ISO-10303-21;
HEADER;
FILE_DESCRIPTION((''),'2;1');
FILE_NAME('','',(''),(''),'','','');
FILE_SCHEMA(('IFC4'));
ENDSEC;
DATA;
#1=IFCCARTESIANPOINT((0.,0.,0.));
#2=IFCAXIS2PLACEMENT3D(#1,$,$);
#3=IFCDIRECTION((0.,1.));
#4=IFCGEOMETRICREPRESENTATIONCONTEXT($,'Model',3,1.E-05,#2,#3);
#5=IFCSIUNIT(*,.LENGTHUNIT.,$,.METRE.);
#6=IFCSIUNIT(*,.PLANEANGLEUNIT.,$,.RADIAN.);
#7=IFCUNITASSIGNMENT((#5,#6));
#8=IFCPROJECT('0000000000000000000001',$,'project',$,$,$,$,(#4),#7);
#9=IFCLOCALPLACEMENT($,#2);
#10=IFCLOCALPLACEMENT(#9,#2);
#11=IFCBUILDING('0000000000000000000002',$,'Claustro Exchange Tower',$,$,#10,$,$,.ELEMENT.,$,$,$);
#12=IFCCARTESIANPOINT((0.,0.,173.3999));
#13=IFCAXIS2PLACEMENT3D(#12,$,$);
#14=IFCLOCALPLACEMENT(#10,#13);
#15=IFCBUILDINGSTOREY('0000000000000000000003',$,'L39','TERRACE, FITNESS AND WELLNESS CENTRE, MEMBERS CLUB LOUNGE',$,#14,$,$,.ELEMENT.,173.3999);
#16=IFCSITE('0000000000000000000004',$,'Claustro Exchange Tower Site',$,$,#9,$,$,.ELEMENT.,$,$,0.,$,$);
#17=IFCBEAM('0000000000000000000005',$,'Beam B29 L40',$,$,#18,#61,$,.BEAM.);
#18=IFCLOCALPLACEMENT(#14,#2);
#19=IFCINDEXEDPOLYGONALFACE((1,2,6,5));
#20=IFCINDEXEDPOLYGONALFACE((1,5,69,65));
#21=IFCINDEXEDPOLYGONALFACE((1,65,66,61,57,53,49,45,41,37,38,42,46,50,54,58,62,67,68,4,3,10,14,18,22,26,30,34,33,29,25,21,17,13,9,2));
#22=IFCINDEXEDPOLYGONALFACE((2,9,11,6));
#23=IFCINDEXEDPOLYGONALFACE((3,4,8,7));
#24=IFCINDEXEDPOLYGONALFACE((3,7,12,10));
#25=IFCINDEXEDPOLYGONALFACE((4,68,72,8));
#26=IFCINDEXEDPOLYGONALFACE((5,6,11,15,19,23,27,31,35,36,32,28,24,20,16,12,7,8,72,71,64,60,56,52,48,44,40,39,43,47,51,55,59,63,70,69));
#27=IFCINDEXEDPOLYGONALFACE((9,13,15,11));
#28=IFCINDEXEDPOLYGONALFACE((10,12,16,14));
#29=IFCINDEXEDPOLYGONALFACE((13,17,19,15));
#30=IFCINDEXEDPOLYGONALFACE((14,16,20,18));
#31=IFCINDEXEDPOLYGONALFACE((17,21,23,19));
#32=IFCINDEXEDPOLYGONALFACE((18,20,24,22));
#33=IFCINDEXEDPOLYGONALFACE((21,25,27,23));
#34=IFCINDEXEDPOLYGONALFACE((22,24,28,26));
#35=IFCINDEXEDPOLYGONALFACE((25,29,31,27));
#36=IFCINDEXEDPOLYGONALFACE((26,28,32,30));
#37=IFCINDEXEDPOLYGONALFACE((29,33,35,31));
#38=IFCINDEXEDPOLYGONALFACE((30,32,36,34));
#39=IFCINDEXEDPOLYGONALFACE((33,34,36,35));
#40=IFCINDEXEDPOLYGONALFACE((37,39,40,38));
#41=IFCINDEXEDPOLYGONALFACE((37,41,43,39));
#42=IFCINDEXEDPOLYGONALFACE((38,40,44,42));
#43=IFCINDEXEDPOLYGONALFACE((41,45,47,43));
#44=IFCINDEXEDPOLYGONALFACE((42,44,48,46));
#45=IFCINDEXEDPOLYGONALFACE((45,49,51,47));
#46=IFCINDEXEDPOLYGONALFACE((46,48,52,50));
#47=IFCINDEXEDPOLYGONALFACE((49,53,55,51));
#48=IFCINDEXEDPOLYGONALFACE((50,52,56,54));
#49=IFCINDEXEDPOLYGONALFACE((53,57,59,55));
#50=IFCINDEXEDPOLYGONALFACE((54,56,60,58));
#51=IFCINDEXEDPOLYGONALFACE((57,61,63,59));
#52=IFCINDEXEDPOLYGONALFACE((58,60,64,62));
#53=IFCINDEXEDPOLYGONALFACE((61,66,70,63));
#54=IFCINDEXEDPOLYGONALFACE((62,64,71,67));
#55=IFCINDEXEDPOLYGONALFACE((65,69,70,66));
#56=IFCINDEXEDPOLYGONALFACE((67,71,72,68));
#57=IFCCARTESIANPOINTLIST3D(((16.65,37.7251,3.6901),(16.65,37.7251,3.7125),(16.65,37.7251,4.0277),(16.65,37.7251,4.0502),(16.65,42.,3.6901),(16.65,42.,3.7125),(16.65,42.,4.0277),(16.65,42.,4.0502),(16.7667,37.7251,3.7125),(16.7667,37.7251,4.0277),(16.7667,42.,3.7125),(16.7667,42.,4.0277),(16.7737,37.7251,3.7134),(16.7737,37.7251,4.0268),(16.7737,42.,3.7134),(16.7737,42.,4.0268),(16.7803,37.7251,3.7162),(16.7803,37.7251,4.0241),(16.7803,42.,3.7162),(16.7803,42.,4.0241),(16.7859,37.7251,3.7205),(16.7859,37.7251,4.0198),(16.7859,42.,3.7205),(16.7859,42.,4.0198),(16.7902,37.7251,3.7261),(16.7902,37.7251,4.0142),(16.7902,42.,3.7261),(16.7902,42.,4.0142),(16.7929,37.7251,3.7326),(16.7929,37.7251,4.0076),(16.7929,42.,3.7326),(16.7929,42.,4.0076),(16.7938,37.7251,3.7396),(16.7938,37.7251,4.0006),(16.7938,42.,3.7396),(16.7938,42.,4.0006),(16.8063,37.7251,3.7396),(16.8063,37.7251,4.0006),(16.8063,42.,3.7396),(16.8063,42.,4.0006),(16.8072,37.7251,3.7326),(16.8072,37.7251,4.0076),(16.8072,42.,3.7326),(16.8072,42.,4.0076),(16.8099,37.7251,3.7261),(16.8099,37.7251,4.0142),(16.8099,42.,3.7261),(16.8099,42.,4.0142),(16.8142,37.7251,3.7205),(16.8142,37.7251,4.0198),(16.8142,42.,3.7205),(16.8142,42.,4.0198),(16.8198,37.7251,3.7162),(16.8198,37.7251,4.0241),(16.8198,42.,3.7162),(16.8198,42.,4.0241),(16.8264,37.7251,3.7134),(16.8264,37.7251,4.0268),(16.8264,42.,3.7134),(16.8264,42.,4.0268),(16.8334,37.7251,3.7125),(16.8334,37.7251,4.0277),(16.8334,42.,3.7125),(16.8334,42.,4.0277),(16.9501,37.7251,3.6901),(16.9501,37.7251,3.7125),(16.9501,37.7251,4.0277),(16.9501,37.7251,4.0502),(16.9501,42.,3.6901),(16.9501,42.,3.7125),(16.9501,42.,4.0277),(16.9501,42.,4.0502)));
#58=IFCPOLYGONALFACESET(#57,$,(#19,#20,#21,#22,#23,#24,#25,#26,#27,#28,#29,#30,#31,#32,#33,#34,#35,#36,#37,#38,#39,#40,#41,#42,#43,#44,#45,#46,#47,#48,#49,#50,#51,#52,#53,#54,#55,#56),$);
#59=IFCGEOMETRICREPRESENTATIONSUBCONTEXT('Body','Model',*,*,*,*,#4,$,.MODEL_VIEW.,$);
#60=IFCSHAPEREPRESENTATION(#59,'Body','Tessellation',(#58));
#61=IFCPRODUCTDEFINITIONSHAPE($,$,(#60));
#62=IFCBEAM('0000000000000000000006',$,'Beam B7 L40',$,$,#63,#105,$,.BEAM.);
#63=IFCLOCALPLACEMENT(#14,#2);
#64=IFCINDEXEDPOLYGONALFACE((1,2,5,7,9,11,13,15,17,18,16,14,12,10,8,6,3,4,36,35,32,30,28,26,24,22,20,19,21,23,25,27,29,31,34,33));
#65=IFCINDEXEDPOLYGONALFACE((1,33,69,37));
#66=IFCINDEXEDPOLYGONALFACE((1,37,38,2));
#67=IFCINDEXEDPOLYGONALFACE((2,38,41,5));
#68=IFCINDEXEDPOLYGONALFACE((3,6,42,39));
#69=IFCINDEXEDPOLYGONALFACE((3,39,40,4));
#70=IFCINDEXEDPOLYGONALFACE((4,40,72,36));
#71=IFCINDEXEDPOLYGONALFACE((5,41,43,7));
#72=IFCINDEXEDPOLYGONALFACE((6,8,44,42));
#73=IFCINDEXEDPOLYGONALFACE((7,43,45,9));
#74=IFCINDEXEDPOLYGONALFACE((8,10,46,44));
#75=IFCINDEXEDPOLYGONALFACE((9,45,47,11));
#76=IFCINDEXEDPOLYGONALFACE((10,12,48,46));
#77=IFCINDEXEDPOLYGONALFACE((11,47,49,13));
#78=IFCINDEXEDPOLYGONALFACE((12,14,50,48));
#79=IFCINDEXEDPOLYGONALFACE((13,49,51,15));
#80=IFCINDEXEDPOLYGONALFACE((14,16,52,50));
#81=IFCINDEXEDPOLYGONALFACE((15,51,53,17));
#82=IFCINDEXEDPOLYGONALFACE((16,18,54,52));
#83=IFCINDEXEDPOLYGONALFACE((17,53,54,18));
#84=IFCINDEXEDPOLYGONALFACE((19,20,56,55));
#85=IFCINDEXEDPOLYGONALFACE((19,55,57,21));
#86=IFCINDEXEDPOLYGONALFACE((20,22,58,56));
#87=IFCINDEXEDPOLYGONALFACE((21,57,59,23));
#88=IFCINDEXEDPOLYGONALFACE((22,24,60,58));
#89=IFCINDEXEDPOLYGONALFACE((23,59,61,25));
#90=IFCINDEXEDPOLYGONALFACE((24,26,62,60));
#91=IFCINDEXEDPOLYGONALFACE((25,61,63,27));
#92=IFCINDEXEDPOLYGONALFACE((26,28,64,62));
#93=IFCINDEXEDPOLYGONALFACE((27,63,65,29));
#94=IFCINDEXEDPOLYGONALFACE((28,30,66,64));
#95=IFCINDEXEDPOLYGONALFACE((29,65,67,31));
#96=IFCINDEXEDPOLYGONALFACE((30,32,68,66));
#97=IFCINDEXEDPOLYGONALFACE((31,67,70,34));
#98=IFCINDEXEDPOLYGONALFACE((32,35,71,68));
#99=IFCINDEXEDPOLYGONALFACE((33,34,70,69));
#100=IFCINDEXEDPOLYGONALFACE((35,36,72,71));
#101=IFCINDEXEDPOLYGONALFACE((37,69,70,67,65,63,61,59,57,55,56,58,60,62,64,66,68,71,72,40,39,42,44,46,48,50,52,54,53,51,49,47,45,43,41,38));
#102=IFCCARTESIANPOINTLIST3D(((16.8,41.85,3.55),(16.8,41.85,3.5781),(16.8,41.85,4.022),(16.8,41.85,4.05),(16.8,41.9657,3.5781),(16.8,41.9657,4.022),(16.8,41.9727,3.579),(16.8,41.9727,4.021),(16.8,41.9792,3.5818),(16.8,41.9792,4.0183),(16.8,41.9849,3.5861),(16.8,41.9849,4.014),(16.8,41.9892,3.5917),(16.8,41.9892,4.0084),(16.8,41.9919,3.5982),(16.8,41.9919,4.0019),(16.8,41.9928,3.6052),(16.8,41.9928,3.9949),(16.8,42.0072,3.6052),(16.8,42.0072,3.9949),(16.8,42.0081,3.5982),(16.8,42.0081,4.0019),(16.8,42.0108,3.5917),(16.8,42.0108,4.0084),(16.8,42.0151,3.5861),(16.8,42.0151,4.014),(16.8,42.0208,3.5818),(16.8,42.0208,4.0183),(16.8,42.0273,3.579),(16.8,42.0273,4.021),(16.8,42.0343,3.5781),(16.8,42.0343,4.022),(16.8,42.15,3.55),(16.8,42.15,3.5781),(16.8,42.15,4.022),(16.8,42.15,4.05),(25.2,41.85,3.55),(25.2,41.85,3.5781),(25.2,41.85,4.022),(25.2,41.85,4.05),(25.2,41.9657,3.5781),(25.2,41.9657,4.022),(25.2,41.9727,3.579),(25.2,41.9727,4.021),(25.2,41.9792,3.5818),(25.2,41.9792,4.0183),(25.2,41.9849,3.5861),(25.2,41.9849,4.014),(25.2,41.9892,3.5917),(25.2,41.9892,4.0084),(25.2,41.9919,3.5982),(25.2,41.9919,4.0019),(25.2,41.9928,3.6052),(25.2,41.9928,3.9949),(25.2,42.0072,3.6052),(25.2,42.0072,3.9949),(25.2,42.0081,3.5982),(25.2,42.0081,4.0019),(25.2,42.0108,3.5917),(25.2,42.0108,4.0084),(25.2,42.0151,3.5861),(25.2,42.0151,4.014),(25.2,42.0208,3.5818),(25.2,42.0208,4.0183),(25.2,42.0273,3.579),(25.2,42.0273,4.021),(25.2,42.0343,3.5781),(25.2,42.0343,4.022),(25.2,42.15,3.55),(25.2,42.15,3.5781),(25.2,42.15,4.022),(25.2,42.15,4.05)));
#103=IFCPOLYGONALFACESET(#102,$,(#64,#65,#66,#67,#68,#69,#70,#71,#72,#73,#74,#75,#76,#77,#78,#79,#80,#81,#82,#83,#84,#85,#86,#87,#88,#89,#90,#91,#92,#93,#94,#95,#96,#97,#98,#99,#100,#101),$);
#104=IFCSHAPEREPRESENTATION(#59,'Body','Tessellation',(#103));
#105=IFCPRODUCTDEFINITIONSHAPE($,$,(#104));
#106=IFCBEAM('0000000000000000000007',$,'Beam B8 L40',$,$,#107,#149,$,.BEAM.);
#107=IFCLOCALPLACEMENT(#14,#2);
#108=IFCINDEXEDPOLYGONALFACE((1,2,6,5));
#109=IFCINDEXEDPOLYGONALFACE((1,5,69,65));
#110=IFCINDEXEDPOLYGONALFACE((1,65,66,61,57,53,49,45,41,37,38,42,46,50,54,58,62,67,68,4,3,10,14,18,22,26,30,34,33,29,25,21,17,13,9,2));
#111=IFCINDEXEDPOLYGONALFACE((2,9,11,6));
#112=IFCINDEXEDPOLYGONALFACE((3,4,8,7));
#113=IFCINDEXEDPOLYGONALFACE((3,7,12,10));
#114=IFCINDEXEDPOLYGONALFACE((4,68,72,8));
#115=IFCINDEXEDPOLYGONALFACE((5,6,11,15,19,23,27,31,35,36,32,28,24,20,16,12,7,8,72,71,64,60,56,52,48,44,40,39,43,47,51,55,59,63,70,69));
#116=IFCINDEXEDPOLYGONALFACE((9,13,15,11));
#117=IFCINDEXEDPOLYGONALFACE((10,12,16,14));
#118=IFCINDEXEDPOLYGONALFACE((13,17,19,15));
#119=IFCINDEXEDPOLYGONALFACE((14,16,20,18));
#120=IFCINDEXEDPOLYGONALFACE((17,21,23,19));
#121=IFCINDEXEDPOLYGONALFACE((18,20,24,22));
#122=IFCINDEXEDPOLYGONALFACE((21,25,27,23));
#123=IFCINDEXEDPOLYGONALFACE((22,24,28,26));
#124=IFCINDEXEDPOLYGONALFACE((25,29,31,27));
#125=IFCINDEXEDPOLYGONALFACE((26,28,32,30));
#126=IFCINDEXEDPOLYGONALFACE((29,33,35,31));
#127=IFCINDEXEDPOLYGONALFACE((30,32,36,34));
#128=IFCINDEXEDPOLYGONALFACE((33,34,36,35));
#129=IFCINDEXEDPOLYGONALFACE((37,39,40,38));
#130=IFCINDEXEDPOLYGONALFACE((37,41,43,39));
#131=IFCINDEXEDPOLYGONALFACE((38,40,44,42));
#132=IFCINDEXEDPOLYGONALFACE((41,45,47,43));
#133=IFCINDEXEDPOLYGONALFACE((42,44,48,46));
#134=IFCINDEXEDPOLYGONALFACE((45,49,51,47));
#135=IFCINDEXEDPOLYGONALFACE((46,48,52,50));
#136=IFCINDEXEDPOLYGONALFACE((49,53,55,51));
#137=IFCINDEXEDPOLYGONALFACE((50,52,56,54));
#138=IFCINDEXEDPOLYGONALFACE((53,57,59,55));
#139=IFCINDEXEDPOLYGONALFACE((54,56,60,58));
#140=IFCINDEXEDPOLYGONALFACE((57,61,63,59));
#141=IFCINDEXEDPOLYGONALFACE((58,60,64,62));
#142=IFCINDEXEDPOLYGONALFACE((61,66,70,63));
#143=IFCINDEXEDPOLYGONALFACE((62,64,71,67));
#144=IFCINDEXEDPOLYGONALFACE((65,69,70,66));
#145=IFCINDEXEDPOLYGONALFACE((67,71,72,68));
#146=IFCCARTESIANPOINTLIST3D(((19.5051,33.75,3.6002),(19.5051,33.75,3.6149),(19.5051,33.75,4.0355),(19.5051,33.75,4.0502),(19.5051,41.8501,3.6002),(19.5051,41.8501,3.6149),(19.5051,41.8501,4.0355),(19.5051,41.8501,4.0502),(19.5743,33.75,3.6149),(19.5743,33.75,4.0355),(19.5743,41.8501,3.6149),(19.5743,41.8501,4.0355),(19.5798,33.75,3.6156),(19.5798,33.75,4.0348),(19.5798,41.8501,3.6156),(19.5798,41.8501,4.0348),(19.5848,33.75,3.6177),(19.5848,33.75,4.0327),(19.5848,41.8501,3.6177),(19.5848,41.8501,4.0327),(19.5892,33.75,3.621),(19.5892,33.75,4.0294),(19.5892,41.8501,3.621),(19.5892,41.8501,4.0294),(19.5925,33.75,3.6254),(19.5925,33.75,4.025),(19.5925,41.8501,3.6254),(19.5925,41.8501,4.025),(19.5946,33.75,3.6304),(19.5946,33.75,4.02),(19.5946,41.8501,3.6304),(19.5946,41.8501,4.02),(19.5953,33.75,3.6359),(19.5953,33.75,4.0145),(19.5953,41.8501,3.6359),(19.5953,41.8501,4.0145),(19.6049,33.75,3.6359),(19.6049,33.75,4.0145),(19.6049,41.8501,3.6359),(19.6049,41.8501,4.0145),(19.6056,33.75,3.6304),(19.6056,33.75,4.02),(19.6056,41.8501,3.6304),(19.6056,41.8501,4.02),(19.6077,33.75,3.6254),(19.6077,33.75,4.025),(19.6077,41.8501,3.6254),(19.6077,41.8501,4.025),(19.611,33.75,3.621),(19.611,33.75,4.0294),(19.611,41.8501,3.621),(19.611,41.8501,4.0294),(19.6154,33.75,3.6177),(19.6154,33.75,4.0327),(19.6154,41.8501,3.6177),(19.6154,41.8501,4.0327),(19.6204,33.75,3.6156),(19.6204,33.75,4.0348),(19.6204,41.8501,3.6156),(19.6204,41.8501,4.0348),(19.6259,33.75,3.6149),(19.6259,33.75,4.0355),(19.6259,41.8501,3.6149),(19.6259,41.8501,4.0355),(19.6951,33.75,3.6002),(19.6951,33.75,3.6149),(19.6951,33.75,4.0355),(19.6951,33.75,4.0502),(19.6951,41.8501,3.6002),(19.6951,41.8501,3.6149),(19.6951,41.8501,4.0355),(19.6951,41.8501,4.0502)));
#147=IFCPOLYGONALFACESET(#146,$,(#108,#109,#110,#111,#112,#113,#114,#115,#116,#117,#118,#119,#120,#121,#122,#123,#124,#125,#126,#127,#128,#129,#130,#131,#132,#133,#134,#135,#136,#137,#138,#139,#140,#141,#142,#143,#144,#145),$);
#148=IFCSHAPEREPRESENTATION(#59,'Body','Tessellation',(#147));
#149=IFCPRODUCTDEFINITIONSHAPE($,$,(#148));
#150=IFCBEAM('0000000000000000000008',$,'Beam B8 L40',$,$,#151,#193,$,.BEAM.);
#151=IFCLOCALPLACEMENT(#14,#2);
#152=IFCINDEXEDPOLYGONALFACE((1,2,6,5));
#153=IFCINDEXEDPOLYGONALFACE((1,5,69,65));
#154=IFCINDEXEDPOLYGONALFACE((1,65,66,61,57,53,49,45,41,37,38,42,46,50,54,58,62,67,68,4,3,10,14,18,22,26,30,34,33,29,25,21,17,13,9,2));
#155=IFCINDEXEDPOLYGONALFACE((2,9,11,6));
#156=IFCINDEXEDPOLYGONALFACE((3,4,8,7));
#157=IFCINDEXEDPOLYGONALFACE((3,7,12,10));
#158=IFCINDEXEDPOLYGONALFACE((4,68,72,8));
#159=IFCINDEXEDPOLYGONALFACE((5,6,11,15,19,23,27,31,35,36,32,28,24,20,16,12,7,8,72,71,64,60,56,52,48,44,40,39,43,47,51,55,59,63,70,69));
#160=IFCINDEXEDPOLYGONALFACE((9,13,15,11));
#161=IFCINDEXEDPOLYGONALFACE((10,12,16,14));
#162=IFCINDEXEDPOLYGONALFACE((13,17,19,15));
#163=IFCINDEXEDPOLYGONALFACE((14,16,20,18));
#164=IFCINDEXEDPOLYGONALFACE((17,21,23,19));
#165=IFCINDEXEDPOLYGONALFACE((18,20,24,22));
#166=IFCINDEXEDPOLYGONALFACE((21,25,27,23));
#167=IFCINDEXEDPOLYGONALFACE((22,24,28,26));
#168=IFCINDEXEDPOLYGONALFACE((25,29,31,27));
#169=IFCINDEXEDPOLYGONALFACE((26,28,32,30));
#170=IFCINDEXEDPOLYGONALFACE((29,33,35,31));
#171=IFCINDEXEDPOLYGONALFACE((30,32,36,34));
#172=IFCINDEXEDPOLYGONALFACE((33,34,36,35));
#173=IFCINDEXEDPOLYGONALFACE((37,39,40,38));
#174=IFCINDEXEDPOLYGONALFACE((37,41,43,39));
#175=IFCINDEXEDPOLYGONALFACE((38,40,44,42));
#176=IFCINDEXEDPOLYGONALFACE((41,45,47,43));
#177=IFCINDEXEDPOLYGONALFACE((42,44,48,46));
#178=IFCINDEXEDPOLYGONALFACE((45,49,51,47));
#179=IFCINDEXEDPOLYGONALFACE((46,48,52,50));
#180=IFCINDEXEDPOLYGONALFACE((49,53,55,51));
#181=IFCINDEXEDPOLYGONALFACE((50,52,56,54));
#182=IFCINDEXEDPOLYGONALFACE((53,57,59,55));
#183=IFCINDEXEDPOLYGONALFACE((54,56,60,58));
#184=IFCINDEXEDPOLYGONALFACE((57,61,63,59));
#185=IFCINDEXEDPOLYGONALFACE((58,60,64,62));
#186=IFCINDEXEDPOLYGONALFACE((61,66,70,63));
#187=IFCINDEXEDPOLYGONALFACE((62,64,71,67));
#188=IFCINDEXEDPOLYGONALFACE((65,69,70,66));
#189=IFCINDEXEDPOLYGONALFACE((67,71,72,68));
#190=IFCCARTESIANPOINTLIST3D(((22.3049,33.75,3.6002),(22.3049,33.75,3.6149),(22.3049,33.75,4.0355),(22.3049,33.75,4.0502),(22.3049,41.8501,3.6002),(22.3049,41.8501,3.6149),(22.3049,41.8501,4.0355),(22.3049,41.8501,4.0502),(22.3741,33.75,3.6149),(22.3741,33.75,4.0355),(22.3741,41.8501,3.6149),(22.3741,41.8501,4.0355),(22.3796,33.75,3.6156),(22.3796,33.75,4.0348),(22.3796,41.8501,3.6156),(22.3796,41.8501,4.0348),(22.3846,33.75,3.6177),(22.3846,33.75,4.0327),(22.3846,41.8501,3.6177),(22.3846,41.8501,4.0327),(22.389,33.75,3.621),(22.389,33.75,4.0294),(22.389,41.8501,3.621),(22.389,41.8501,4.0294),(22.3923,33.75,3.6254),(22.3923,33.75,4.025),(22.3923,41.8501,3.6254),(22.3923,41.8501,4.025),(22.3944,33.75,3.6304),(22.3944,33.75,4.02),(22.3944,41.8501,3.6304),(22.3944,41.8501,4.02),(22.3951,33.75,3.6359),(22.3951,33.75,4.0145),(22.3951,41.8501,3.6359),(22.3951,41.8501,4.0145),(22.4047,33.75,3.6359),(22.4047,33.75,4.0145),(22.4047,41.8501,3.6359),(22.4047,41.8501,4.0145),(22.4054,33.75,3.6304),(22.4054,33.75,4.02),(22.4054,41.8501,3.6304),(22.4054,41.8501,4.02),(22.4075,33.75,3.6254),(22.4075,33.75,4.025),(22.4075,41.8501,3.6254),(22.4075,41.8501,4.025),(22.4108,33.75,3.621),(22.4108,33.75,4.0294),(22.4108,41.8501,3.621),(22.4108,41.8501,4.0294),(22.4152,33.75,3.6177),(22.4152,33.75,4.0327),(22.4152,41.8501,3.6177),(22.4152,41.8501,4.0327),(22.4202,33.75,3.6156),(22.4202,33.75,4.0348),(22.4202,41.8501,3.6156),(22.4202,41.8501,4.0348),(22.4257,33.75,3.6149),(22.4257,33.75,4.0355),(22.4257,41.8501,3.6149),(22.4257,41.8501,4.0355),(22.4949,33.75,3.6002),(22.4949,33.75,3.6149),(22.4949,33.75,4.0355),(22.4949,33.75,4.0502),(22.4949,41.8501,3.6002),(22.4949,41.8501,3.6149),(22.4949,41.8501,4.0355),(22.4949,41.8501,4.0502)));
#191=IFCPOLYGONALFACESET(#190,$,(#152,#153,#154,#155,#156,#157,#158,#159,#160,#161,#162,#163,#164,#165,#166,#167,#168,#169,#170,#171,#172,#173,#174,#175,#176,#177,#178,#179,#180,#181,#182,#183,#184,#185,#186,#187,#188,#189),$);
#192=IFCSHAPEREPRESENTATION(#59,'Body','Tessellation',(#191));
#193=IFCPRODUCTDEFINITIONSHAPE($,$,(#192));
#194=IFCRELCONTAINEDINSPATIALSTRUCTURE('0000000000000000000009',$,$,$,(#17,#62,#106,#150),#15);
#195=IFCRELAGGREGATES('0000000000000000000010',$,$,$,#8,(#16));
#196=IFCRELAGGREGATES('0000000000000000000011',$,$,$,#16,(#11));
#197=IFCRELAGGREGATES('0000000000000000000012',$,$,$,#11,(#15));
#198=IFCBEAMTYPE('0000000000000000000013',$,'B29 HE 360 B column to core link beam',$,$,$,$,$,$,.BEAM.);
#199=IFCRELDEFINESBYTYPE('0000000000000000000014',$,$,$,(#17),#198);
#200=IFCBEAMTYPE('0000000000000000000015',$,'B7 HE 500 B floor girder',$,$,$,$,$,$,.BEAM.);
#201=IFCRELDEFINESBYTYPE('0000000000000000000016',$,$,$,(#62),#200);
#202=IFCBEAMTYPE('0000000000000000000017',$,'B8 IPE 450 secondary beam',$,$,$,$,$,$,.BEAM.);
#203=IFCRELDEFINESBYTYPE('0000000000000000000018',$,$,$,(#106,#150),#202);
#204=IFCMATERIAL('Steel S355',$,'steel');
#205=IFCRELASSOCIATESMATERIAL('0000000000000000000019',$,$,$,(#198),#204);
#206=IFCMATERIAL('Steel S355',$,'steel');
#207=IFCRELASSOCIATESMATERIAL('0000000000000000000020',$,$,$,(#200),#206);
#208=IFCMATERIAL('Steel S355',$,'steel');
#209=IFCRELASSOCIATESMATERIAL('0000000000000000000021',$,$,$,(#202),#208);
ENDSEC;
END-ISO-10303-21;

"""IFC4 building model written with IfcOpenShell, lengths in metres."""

from ifc_helpers import new_model, si_unit, direction, frame, origin, origin_2d, place, context, subcontext, project, spatial, i_section, extrude, material, material_profile, profile_set, type_object, element, save


model = new_model("IFC4")

# Units and contexts
model_context = context("Model", 3, precision=1e-05, world=origin(), true_north=direction((0.0, 1.0)))
body_context = subcontext(model_context, "Body", "Model", "MODEL_VIEW")
ifc_project = project(units=[si_unit("LENGTHUNIT", "METRE"), si_unit("PLANEANGLEUNIT", "RADIAN")], contexts=[model_context])

# Site, building, storey
site_placement = place(None, origin())
site = spatial("IfcSite", under=ifc_project, at=site_placement, Name="Claustro Exchange Tower Site", CompositionType="ELEMENT", RefElevation=0.0)
building_placement = place(site_placement, origin())
building = spatial("IfcBuilding", under=site, at=building_placement, Name="Claustro Exchange Tower", CompositionType="ELEMENT")
storey_placement = place(building_placement, frame((0.0, 0.0, 173.3999)))
storey = spatial("IfcBuildingStorey", under=building, at=storey_placement, Name="L39", Description="TERRACE, FITNESS AND WELLNESS CENTRE, MEMBERS CLUB LOUNGE", CompositionType="ELEMENT", Elevation=173.3999)

# Beams
ifc_material_1 = material(Name="Steel S355", Category="steel")
ifc_material_profile_1 = material_profile(ifc_material_1, i_section(OverallWidth=0.3, OverallDepth=0.3601, WebThickness=0.0125, FlangeThickness=0.0225, FilletRadius=0.0271, at=origin_2d()), Name="HE 360 B")
ifc_profile_set_1 = profile_set([ifc_material_profile_1], Name="Steel S355")
beam_type_1 = type_object("IfcBeamType", Name="B29 HE 360 B column to core link beam", PredefinedType="BEAM", material=ifc_profile_set_1)
beam_1_placement = place(storey_placement, frame((16.8, 37.7251, 3.8701), z_axis=(0.0, 1.0, 0.0), x_axis=(-1.0, 0.0, 0.0)))
element("IfcBeam", 1, at=beam_1_placement, inside=storey, type_object=beam_type_1, Name="Beam B29 L40", PredefinedType="BEAM", context=body_context, shape_type="SweptSolid", body=[
    extrude(i_section(OverallWidth=0.3, OverallDepth=0.3601, WebThickness=0.0125, FlangeThickness=0.0225, FilletRadius=0.0271, at=origin_2d()), origin(), (0.0, 0.0, 1.0), 4.2749),
])
ifc_material_2 = material(Name="Steel S355", Category="steel")
ifc_material_profile_2 = material_profile(ifc_material_2, i_section(OverallWidth=0.3, OverallDepth=0.5, WebThickness=0.0144, FlangeThickness=0.0281, FilletRadius=0.0271, at=origin_2d()), Name="HE 500 B")
ifc_profile_set_2 = profile_set([ifc_material_profile_2], Name="Steel S355")
beam_type_2 = type_object("IfcBeamType", Name="B7 HE 500 B floor girder", PredefinedType="BEAM", material=ifc_profile_set_2)
beam_2_placement = place(storey_placement, frame((16.8, 42.0, 3.8), z_axis=(1.0, 0.0, 0.0), x_axis=(0.0, 1.0, 0.0)))
element("IfcBeam", 2, at=beam_2_placement, inside=storey, type_object=beam_type_2, Name="Beam B7 L40", PredefinedType="BEAM", context=body_context, shape_type="SweptSolid", body=[
    extrude(i_section(OverallWidth=0.3, OverallDepth=0.5, WebThickness=0.0144, FlangeThickness=0.0281, FilletRadius=0.0271, at=origin_2d()), origin(), (0.0, 0.0, 1.0), 8.3999),
])
ifc_material_3 = material(Name="Steel S355", Category="steel")
ifc_material_profile_3 = material_profile(ifc_material_3, i_section(OverallWidth=0.1899, OverallDepth=0.45, WebThickness=0.0095, FlangeThickness=0.0146, FilletRadius=0.021, at=origin_2d()), Name="IPE 450")
ifc_profile_set_3 = profile_set([ifc_material_profile_3], Name="Steel S355")
beam_type_3 = type_object("IfcBeamType", Name="B8 IPE 450 secondary beam", PredefinedType="BEAM", material=ifc_profile_set_3)
for number, where, z_axis, x_axis, name in (
    (3, (19.6001, 33.75, 3.8252), (0.0, 1.0, 0.0), (-1.0, 0.0, 0.0), "Beam B8 L40"),
    (4, (22.3999, 33.75, 3.8252), (0.0, 1.0, 0.0), (-1.0, 0.0, 0.0), "Beam B8 L40"),
):
    element("IfcBeam", number, at=place(storey_placement, frame(where, z_axis=z_axis, x_axis=x_axis)), inside=storey, type_object=beam_type_3, Name=name, PredefinedType="BEAM", context=body_context, shape_type="SweptSolid", body=[
        extrude(i_section(OverallWidth=0.1899, OverallDepth=0.45, WebThickness=0.0095, FlangeThickness=0.0146, FilletRadius=0.021, at=origin_2d()), origin(), (0.0, 0.0, 1.0), 8.1001),
    ])

save(model, "model.ifc")
